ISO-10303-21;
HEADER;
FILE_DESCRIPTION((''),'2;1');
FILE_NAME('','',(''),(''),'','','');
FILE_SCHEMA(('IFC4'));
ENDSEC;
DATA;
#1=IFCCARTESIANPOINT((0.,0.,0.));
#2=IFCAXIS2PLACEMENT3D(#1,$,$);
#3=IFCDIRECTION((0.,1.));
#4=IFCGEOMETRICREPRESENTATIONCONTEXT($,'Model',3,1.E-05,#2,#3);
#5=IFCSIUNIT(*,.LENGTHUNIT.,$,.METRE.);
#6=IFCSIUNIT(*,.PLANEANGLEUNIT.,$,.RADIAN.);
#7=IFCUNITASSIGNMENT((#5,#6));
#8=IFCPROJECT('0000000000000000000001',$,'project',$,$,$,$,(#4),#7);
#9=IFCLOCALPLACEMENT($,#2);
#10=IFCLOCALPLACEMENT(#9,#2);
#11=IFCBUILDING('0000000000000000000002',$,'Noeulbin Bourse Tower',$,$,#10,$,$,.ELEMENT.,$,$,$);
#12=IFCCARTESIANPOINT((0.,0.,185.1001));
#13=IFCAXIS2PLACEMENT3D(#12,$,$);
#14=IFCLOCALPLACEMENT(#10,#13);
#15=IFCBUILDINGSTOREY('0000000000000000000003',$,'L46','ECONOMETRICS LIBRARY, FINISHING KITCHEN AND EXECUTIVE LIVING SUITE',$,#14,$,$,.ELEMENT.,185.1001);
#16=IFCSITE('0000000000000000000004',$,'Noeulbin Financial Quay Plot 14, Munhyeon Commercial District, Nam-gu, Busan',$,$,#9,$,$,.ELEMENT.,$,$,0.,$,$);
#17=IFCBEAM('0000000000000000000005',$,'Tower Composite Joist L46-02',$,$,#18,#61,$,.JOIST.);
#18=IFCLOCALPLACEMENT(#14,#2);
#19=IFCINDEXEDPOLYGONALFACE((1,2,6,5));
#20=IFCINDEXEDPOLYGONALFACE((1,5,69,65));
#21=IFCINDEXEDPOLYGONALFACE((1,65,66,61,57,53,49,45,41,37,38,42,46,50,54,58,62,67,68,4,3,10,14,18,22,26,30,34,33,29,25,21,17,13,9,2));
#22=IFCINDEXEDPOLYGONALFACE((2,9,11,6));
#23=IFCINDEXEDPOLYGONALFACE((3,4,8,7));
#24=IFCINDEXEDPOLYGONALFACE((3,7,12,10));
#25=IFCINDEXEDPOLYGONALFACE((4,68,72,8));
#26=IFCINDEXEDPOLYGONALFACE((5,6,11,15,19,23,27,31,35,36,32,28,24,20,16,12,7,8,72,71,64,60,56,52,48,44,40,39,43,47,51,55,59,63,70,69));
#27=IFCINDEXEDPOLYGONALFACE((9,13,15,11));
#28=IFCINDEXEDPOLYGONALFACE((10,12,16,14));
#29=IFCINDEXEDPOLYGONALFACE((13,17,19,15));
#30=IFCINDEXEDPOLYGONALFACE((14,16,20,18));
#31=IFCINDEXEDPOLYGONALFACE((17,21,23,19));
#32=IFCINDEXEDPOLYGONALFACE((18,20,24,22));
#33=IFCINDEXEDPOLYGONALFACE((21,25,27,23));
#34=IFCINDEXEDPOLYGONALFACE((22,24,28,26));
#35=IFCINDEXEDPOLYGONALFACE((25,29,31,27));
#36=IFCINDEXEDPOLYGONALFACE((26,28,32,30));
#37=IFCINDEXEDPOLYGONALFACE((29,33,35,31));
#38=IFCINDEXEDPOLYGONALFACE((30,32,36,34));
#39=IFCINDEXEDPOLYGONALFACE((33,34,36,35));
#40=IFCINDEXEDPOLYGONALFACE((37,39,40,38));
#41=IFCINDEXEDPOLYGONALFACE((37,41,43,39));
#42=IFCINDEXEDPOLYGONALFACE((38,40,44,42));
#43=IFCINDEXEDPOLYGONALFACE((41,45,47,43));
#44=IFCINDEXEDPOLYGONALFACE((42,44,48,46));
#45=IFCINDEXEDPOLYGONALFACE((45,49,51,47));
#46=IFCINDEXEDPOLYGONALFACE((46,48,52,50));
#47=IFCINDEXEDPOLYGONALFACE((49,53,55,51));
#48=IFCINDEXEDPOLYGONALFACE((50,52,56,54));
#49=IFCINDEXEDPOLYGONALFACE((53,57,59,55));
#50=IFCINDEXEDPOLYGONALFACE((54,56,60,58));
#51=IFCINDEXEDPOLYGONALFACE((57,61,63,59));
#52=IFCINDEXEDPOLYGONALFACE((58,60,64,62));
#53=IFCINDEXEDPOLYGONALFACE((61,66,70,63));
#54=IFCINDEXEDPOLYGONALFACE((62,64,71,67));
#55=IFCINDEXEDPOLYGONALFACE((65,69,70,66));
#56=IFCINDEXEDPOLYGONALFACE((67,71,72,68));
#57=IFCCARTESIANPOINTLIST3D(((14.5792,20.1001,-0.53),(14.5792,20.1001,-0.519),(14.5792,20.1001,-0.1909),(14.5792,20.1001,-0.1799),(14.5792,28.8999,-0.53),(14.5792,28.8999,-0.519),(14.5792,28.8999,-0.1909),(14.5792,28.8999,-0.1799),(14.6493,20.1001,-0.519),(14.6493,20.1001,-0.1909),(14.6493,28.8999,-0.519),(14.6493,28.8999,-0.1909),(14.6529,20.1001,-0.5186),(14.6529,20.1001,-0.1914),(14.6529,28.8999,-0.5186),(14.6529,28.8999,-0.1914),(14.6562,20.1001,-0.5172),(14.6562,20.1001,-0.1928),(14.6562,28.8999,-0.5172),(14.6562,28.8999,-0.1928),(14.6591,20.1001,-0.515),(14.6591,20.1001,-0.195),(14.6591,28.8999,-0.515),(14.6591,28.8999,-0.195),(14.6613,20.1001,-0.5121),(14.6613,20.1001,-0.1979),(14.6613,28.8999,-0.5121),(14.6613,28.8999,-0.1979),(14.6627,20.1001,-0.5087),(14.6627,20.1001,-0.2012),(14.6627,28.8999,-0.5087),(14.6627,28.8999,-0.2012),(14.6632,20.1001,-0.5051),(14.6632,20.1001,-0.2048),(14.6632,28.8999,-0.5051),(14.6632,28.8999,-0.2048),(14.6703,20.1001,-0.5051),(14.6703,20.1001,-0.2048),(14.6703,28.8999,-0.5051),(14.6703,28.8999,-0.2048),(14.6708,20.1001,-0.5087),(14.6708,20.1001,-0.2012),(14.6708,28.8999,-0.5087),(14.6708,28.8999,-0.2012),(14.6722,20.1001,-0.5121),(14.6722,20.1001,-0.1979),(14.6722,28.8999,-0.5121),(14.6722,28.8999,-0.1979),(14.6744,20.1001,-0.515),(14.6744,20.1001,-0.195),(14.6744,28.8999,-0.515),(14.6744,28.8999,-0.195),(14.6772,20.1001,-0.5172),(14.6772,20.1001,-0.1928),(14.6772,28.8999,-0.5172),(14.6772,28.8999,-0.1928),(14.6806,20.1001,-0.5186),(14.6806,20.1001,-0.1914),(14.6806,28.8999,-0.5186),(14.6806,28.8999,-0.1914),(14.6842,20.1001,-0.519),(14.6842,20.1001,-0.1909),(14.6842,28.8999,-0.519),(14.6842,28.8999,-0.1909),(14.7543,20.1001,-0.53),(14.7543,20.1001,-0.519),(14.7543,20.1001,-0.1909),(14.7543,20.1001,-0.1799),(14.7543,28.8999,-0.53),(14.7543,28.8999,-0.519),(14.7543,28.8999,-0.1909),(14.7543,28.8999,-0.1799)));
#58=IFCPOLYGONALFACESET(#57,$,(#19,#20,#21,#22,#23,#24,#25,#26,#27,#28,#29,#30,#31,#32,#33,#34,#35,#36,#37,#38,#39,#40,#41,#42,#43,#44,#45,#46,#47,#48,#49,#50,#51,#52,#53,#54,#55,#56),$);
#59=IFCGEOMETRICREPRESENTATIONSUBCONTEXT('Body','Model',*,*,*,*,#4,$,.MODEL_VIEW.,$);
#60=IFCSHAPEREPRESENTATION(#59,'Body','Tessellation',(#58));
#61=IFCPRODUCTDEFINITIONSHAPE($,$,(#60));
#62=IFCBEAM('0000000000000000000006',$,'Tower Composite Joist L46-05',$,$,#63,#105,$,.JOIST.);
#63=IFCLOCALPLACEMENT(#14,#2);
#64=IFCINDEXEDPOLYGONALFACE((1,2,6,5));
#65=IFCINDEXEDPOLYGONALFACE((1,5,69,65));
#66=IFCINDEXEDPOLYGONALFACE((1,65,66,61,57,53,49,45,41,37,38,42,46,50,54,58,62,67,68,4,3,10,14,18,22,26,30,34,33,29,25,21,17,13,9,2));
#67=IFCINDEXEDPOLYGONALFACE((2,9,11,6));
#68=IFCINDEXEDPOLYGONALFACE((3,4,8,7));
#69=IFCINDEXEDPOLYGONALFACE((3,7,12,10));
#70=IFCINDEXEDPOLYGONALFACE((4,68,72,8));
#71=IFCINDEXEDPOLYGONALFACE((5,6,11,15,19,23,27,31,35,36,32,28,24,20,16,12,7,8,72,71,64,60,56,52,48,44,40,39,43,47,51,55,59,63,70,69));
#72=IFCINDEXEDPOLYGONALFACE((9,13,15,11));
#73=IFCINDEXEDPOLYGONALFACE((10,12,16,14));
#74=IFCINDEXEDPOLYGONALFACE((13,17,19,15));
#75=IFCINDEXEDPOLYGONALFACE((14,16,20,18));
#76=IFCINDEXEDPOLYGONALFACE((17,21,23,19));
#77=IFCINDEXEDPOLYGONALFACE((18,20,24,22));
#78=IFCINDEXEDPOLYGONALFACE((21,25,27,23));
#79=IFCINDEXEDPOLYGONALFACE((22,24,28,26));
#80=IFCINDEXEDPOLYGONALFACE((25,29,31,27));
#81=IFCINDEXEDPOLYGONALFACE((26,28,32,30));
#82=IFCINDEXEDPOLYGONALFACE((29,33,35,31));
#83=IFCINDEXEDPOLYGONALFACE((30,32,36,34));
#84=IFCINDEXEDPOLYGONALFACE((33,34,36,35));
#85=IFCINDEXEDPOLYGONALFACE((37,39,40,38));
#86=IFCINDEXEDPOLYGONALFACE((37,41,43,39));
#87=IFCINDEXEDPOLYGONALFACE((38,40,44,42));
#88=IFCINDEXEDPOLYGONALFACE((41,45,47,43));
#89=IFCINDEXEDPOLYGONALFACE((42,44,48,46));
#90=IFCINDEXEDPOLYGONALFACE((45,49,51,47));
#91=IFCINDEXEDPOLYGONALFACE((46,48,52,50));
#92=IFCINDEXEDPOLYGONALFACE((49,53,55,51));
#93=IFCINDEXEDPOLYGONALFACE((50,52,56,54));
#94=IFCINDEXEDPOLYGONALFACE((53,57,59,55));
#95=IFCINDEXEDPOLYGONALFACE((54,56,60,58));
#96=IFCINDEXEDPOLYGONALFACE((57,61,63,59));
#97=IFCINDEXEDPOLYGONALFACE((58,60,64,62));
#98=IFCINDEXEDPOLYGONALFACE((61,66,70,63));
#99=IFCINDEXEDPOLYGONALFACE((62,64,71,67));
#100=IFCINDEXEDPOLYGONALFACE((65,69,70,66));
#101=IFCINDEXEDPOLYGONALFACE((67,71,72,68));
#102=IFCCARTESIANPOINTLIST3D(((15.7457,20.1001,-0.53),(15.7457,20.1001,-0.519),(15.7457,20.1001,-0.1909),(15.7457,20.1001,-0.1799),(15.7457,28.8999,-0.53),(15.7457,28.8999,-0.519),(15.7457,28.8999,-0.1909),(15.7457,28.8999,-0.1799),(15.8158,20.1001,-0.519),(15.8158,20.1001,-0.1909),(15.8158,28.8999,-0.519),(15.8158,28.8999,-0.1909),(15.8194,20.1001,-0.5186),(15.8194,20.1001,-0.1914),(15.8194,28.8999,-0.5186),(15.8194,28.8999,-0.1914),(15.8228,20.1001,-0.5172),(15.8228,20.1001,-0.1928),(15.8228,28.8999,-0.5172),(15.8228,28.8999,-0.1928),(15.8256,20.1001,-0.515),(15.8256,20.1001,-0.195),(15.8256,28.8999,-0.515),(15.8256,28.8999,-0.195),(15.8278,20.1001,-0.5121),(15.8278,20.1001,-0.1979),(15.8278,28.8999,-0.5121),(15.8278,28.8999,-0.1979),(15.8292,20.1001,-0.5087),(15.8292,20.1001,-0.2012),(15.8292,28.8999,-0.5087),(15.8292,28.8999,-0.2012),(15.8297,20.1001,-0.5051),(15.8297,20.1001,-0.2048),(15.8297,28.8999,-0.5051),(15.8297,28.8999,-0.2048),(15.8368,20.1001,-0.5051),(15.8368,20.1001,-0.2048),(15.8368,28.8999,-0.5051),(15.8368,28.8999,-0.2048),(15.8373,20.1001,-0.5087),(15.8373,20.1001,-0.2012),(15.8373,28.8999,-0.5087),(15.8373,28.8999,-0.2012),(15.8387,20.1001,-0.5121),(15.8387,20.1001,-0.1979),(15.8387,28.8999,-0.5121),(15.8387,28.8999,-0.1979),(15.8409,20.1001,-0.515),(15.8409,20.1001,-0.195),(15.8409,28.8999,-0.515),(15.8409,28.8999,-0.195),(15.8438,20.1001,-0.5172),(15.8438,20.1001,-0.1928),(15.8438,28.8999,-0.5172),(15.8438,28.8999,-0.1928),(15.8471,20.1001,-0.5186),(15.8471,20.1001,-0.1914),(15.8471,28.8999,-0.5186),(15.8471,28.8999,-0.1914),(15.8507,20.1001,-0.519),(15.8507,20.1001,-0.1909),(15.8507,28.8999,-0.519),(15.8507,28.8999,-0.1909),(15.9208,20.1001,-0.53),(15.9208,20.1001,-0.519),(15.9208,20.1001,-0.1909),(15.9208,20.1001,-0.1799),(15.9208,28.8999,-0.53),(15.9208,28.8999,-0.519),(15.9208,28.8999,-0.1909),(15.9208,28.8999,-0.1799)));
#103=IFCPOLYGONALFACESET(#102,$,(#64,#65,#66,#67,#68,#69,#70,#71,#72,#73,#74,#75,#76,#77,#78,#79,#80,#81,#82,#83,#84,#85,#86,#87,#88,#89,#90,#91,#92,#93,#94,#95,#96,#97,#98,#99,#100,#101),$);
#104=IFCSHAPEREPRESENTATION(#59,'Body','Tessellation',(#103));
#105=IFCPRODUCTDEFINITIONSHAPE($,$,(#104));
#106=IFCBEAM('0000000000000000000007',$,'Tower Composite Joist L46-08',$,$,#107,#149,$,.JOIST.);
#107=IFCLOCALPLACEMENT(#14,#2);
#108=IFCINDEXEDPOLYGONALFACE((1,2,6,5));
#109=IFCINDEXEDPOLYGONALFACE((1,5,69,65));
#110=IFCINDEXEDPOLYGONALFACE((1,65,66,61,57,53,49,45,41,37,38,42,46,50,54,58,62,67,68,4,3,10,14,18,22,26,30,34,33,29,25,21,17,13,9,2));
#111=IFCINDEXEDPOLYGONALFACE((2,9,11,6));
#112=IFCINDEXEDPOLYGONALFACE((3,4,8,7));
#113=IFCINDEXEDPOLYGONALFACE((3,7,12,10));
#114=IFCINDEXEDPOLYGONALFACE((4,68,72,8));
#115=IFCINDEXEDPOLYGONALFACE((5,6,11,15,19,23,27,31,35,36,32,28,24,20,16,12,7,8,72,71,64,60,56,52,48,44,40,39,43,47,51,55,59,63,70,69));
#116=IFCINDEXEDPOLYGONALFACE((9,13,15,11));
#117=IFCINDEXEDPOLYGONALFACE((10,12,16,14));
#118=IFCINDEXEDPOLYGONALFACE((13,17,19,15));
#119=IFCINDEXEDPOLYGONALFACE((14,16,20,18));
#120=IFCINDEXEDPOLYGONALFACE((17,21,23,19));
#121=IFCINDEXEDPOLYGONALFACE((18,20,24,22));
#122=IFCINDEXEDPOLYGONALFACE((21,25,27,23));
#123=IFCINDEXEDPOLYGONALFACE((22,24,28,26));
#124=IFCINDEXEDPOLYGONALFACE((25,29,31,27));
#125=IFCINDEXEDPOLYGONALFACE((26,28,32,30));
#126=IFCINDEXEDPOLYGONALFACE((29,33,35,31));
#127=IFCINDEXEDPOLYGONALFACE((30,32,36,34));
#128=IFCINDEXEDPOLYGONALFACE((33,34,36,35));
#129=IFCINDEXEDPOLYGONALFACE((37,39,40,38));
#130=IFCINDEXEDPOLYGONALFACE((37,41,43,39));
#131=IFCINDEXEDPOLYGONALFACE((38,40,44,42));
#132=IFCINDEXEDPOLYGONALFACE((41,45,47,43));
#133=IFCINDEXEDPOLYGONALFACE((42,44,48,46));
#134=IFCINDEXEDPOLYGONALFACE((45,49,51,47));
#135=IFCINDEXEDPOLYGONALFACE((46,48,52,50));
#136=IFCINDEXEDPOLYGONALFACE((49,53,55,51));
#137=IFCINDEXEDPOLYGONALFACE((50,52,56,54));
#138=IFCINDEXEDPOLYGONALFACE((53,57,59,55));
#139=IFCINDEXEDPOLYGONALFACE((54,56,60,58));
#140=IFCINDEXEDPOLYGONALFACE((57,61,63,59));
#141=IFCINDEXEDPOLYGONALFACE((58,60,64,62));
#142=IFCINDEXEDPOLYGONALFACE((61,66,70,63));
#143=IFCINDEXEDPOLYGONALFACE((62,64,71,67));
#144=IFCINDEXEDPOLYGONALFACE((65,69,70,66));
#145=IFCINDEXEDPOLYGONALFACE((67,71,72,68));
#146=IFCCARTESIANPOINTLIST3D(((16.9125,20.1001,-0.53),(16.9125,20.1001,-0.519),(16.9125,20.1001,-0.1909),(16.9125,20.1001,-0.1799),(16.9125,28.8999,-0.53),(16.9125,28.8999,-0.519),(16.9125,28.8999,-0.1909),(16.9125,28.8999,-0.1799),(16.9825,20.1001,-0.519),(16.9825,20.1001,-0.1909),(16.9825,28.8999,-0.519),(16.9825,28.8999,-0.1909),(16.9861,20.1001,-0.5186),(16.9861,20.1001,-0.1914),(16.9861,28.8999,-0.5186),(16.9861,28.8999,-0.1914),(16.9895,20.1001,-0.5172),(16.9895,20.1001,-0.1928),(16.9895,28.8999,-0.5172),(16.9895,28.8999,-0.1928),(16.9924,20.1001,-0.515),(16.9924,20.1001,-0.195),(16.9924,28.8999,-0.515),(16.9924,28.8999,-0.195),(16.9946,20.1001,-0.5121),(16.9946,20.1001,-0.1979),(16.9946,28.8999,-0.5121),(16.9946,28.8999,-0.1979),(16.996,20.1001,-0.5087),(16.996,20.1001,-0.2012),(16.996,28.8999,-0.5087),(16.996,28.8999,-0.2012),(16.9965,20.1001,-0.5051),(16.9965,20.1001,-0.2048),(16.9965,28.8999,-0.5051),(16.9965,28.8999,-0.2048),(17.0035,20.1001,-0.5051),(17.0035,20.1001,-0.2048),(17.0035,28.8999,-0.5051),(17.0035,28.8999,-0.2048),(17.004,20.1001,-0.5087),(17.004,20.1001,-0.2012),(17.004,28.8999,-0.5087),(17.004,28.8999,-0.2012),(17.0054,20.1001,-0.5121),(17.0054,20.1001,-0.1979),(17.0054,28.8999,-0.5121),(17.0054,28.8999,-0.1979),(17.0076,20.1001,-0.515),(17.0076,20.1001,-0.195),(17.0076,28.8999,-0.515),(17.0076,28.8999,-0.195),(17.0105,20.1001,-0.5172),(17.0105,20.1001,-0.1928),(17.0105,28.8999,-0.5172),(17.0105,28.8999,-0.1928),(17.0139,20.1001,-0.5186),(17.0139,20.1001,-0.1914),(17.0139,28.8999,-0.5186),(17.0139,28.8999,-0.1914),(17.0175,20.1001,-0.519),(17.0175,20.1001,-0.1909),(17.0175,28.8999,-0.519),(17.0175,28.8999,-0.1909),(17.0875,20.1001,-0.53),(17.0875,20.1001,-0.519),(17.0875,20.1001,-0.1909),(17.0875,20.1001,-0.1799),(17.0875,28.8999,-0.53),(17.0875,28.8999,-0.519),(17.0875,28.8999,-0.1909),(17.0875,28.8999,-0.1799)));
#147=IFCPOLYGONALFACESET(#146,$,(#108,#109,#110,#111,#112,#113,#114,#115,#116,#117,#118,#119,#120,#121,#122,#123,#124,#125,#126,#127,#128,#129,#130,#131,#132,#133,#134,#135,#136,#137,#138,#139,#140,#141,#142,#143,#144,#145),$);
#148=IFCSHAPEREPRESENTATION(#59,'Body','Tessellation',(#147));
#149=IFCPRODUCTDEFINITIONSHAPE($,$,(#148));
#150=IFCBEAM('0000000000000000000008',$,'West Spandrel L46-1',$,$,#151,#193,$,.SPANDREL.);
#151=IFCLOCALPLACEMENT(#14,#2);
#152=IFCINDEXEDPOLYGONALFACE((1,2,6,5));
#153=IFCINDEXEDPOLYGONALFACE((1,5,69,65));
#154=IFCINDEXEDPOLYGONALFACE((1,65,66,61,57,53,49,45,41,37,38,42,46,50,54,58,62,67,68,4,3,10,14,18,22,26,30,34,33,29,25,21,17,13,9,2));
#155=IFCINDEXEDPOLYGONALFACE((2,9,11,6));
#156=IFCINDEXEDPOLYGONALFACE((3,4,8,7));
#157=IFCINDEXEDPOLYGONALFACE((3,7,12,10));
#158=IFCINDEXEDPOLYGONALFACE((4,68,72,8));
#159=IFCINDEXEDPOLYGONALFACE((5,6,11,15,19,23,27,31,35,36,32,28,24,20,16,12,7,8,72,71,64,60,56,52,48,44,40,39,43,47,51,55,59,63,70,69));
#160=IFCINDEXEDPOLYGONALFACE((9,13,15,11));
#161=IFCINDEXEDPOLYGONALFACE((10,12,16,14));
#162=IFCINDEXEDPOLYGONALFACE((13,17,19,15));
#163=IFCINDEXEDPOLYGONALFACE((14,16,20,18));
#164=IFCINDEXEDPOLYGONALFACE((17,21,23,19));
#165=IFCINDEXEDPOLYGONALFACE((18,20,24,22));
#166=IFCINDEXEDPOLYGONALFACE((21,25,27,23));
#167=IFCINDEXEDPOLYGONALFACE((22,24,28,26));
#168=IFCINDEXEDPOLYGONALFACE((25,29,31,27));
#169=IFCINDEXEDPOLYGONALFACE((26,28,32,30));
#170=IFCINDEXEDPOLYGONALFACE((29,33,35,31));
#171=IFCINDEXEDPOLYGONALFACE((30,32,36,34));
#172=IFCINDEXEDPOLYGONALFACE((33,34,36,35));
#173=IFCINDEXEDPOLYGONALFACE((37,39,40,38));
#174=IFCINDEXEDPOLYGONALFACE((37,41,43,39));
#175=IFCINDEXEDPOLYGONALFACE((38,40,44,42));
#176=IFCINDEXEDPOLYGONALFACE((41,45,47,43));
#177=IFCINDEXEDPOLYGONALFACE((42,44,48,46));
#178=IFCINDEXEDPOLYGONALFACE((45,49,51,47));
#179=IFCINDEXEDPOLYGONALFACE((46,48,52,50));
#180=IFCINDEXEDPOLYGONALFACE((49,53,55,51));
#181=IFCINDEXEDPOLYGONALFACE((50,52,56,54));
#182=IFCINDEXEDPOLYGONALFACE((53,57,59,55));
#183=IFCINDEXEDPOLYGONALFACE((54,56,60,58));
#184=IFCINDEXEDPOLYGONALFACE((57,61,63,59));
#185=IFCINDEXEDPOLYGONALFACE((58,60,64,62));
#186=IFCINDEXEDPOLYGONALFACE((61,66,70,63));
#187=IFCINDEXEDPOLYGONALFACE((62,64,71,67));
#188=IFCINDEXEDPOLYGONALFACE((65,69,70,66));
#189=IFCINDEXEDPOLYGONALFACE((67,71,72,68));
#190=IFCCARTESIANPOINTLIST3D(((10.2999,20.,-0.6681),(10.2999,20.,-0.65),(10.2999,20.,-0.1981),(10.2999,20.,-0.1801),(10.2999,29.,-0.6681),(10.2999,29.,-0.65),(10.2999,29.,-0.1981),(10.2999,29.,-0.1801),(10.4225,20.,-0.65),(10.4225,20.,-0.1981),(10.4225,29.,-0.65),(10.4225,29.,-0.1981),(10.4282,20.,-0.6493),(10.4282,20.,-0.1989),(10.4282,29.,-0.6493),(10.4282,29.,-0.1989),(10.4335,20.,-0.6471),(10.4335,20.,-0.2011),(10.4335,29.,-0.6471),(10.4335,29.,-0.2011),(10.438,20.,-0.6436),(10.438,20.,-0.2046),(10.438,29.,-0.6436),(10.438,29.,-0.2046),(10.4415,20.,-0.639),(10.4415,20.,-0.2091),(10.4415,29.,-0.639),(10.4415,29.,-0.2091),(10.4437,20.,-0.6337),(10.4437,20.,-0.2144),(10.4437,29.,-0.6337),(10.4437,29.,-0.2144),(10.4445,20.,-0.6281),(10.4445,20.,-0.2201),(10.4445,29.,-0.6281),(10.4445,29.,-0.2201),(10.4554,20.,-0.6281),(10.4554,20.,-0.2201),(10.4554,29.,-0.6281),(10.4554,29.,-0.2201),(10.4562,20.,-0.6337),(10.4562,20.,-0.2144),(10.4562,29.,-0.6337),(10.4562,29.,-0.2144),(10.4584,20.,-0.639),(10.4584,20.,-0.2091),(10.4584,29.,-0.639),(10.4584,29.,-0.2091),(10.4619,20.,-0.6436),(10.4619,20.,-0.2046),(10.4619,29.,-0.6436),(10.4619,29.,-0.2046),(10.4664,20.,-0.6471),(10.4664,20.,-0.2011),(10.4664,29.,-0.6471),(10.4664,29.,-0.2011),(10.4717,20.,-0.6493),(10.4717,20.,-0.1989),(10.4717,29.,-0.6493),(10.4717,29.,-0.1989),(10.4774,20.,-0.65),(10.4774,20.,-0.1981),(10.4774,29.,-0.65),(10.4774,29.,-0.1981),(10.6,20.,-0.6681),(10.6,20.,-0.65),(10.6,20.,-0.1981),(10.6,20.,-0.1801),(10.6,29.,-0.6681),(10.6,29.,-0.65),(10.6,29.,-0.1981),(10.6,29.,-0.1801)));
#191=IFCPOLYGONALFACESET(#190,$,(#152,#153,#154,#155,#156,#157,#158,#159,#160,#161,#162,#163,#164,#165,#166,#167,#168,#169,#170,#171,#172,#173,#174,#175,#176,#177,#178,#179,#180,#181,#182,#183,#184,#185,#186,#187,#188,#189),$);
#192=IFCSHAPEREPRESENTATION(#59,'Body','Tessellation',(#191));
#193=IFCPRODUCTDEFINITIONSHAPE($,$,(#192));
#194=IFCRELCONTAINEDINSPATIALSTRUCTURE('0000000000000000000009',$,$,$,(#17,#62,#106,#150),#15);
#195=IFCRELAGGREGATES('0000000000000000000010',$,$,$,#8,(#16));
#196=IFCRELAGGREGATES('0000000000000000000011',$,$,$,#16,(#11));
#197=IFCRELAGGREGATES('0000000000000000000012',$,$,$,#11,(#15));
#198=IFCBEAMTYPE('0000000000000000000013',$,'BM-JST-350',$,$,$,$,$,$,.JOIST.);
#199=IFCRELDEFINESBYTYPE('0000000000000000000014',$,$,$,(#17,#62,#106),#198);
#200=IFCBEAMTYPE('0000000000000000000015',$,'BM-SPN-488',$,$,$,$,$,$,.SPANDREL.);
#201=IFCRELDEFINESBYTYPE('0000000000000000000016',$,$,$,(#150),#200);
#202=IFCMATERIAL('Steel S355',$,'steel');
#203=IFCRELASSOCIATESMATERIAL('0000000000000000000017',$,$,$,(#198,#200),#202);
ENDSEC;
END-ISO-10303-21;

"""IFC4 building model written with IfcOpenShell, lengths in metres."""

from ifc_helpers import new_model, si_unit, direction, frame, origin, origin_2d, place, context, subcontext, project, spatial, i_section, extrude, material, material_profile, profile_set, type_object, element, save


model = new_model("IFC4")

# Units and contexts
model_context = context("Model", 3, precision=1e-05, world=origin(), true_north=direction((0.0, 1.0)))
body_context = subcontext(model_context, "Body", "Model", "MODEL_VIEW")
ifc_project = project(units=[si_unit("LENGTHUNIT", "METRE"), si_unit("PLANEANGLEUNIT", "RADIAN")], contexts=[model_context])

# Site, building, storey
site_placement = place(None, origin())
site = spatial("IfcSite", under=ifc_project, at=site_placement, Name="Noeulbin Financial Quay Plot 14, Munhyeon Commercial District, Nam-gu, Busan", CompositionType="ELEMENT", RefElevation=0.0)
building_placement = place(site_placement, origin())
building = spatial("IfcBuilding", under=site, at=building_placement, Name="Noeulbin Bourse Tower", CompositionType="ELEMENT")
storey_placement = place(building_placement, frame((0.0, 0.0, 185.1001)))
storey = spatial("IfcBuildingStorey", under=building, at=storey_placement, Name="L46", Description="ECONOMETRICS LIBRARY, FINISHING KITCHEN AND EXECUTIVE LIVING SUITE", CompositionType="ELEMENT", Elevation=185.1001)

# Shared definitions
ifc_material_1 = material(Name="Steel S355", Category="steel")

# Beams
ifc_material_profile_1 = material_profile(ifc_material_1, i_section(OverallWidth=0.175, OverallDepth=0.3501, WebThickness=0.0071, FlangeThickness=0.011, FilletRadius=0.0139, at=origin_2d()), Name="H-350x175x7x11", Category="LoadBearing")
ifc_profile_set_1 = profile_set([ifc_material_profile_1], Name="Steel S355")
beam_type_1 = type_object("IfcBeamType", Name="BM-JST-350", PredefinedType="JOIST", material=ifc_profile_set_1)
for number, where, z_axis, x_axis, name in (
    (1, (14.6667, 20.1001, -0.355), (0.0, 1.0, 0.0), (-1.0, 0.0, 0.0), "Tower Composite Joist L46-02"),
    (2, (15.8333, 20.1001, -0.355), (0.0, 1.0, 0.0), (-1.0, 0.0, 0.0), "Tower Composite Joist L46-05"),
    (3, (17.0, 20.1001, -0.355), (0.0, 1.0, 0.0), (-1.0, 0.0, 0.0), "Tower Composite Joist L46-08"),
):
    element("IfcBeam", number, at=place(storey_placement, frame(where, z_axis=z_axis, x_axis=x_axis)), inside=storey, type_object=beam_type_1, Name=name, PredefinedType="JOIST", context=body_context, shape_type="SweptSolid", body=[
        extrude(i_section(OverallWidth=0.175, OverallDepth=0.3501, WebThickness=0.0071, FlangeThickness=0.011, FilletRadius=0.0139, at=origin_2d()), origin(), (0.0, 0.0, 1.0), 8.7998),
    ])
ifc_material_profile_2 = material_profile(ifc_material_1, i_section(OverallWidth=0.3, OverallDepth=0.488, WebThickness=0.011, FlangeThickness=0.0181, FilletRadius=0.022, at=origin_2d()), Name="H-488x300x11x18", Category="LoadBearing")
ifc_profile_set_2 = profile_set([ifc_material_profile_2], Name="Steel S355")
beam_type_2 = type_object("IfcBeamType", Name="BM-SPN-488", PredefinedType="SPANDREL", material=ifc_profile_set_2)
beam_1_placement = place(storey_placement, frame((10.45, 20.0, -0.4241), z_axis=(0.0, 1.0, 0.0), x_axis=(-1.0, 0.0, 0.0)))
element("IfcBeam", 4, at=beam_1_placement, inside=storey, type_object=beam_type_2, Name="West Spandrel L46-1", PredefinedType="SPANDREL", context=body_context, shape_type="SweptSolid", body=[
    extrude(i_section(OverallWidth=0.3, OverallDepth=0.488, WebThickness=0.011, FlangeThickness=0.0181, FilletRadius=0.022, at=origin_2d()), origin(), (0.0, 0.0, 1.0), 9.0),
])

save(model, "model.ifc")
